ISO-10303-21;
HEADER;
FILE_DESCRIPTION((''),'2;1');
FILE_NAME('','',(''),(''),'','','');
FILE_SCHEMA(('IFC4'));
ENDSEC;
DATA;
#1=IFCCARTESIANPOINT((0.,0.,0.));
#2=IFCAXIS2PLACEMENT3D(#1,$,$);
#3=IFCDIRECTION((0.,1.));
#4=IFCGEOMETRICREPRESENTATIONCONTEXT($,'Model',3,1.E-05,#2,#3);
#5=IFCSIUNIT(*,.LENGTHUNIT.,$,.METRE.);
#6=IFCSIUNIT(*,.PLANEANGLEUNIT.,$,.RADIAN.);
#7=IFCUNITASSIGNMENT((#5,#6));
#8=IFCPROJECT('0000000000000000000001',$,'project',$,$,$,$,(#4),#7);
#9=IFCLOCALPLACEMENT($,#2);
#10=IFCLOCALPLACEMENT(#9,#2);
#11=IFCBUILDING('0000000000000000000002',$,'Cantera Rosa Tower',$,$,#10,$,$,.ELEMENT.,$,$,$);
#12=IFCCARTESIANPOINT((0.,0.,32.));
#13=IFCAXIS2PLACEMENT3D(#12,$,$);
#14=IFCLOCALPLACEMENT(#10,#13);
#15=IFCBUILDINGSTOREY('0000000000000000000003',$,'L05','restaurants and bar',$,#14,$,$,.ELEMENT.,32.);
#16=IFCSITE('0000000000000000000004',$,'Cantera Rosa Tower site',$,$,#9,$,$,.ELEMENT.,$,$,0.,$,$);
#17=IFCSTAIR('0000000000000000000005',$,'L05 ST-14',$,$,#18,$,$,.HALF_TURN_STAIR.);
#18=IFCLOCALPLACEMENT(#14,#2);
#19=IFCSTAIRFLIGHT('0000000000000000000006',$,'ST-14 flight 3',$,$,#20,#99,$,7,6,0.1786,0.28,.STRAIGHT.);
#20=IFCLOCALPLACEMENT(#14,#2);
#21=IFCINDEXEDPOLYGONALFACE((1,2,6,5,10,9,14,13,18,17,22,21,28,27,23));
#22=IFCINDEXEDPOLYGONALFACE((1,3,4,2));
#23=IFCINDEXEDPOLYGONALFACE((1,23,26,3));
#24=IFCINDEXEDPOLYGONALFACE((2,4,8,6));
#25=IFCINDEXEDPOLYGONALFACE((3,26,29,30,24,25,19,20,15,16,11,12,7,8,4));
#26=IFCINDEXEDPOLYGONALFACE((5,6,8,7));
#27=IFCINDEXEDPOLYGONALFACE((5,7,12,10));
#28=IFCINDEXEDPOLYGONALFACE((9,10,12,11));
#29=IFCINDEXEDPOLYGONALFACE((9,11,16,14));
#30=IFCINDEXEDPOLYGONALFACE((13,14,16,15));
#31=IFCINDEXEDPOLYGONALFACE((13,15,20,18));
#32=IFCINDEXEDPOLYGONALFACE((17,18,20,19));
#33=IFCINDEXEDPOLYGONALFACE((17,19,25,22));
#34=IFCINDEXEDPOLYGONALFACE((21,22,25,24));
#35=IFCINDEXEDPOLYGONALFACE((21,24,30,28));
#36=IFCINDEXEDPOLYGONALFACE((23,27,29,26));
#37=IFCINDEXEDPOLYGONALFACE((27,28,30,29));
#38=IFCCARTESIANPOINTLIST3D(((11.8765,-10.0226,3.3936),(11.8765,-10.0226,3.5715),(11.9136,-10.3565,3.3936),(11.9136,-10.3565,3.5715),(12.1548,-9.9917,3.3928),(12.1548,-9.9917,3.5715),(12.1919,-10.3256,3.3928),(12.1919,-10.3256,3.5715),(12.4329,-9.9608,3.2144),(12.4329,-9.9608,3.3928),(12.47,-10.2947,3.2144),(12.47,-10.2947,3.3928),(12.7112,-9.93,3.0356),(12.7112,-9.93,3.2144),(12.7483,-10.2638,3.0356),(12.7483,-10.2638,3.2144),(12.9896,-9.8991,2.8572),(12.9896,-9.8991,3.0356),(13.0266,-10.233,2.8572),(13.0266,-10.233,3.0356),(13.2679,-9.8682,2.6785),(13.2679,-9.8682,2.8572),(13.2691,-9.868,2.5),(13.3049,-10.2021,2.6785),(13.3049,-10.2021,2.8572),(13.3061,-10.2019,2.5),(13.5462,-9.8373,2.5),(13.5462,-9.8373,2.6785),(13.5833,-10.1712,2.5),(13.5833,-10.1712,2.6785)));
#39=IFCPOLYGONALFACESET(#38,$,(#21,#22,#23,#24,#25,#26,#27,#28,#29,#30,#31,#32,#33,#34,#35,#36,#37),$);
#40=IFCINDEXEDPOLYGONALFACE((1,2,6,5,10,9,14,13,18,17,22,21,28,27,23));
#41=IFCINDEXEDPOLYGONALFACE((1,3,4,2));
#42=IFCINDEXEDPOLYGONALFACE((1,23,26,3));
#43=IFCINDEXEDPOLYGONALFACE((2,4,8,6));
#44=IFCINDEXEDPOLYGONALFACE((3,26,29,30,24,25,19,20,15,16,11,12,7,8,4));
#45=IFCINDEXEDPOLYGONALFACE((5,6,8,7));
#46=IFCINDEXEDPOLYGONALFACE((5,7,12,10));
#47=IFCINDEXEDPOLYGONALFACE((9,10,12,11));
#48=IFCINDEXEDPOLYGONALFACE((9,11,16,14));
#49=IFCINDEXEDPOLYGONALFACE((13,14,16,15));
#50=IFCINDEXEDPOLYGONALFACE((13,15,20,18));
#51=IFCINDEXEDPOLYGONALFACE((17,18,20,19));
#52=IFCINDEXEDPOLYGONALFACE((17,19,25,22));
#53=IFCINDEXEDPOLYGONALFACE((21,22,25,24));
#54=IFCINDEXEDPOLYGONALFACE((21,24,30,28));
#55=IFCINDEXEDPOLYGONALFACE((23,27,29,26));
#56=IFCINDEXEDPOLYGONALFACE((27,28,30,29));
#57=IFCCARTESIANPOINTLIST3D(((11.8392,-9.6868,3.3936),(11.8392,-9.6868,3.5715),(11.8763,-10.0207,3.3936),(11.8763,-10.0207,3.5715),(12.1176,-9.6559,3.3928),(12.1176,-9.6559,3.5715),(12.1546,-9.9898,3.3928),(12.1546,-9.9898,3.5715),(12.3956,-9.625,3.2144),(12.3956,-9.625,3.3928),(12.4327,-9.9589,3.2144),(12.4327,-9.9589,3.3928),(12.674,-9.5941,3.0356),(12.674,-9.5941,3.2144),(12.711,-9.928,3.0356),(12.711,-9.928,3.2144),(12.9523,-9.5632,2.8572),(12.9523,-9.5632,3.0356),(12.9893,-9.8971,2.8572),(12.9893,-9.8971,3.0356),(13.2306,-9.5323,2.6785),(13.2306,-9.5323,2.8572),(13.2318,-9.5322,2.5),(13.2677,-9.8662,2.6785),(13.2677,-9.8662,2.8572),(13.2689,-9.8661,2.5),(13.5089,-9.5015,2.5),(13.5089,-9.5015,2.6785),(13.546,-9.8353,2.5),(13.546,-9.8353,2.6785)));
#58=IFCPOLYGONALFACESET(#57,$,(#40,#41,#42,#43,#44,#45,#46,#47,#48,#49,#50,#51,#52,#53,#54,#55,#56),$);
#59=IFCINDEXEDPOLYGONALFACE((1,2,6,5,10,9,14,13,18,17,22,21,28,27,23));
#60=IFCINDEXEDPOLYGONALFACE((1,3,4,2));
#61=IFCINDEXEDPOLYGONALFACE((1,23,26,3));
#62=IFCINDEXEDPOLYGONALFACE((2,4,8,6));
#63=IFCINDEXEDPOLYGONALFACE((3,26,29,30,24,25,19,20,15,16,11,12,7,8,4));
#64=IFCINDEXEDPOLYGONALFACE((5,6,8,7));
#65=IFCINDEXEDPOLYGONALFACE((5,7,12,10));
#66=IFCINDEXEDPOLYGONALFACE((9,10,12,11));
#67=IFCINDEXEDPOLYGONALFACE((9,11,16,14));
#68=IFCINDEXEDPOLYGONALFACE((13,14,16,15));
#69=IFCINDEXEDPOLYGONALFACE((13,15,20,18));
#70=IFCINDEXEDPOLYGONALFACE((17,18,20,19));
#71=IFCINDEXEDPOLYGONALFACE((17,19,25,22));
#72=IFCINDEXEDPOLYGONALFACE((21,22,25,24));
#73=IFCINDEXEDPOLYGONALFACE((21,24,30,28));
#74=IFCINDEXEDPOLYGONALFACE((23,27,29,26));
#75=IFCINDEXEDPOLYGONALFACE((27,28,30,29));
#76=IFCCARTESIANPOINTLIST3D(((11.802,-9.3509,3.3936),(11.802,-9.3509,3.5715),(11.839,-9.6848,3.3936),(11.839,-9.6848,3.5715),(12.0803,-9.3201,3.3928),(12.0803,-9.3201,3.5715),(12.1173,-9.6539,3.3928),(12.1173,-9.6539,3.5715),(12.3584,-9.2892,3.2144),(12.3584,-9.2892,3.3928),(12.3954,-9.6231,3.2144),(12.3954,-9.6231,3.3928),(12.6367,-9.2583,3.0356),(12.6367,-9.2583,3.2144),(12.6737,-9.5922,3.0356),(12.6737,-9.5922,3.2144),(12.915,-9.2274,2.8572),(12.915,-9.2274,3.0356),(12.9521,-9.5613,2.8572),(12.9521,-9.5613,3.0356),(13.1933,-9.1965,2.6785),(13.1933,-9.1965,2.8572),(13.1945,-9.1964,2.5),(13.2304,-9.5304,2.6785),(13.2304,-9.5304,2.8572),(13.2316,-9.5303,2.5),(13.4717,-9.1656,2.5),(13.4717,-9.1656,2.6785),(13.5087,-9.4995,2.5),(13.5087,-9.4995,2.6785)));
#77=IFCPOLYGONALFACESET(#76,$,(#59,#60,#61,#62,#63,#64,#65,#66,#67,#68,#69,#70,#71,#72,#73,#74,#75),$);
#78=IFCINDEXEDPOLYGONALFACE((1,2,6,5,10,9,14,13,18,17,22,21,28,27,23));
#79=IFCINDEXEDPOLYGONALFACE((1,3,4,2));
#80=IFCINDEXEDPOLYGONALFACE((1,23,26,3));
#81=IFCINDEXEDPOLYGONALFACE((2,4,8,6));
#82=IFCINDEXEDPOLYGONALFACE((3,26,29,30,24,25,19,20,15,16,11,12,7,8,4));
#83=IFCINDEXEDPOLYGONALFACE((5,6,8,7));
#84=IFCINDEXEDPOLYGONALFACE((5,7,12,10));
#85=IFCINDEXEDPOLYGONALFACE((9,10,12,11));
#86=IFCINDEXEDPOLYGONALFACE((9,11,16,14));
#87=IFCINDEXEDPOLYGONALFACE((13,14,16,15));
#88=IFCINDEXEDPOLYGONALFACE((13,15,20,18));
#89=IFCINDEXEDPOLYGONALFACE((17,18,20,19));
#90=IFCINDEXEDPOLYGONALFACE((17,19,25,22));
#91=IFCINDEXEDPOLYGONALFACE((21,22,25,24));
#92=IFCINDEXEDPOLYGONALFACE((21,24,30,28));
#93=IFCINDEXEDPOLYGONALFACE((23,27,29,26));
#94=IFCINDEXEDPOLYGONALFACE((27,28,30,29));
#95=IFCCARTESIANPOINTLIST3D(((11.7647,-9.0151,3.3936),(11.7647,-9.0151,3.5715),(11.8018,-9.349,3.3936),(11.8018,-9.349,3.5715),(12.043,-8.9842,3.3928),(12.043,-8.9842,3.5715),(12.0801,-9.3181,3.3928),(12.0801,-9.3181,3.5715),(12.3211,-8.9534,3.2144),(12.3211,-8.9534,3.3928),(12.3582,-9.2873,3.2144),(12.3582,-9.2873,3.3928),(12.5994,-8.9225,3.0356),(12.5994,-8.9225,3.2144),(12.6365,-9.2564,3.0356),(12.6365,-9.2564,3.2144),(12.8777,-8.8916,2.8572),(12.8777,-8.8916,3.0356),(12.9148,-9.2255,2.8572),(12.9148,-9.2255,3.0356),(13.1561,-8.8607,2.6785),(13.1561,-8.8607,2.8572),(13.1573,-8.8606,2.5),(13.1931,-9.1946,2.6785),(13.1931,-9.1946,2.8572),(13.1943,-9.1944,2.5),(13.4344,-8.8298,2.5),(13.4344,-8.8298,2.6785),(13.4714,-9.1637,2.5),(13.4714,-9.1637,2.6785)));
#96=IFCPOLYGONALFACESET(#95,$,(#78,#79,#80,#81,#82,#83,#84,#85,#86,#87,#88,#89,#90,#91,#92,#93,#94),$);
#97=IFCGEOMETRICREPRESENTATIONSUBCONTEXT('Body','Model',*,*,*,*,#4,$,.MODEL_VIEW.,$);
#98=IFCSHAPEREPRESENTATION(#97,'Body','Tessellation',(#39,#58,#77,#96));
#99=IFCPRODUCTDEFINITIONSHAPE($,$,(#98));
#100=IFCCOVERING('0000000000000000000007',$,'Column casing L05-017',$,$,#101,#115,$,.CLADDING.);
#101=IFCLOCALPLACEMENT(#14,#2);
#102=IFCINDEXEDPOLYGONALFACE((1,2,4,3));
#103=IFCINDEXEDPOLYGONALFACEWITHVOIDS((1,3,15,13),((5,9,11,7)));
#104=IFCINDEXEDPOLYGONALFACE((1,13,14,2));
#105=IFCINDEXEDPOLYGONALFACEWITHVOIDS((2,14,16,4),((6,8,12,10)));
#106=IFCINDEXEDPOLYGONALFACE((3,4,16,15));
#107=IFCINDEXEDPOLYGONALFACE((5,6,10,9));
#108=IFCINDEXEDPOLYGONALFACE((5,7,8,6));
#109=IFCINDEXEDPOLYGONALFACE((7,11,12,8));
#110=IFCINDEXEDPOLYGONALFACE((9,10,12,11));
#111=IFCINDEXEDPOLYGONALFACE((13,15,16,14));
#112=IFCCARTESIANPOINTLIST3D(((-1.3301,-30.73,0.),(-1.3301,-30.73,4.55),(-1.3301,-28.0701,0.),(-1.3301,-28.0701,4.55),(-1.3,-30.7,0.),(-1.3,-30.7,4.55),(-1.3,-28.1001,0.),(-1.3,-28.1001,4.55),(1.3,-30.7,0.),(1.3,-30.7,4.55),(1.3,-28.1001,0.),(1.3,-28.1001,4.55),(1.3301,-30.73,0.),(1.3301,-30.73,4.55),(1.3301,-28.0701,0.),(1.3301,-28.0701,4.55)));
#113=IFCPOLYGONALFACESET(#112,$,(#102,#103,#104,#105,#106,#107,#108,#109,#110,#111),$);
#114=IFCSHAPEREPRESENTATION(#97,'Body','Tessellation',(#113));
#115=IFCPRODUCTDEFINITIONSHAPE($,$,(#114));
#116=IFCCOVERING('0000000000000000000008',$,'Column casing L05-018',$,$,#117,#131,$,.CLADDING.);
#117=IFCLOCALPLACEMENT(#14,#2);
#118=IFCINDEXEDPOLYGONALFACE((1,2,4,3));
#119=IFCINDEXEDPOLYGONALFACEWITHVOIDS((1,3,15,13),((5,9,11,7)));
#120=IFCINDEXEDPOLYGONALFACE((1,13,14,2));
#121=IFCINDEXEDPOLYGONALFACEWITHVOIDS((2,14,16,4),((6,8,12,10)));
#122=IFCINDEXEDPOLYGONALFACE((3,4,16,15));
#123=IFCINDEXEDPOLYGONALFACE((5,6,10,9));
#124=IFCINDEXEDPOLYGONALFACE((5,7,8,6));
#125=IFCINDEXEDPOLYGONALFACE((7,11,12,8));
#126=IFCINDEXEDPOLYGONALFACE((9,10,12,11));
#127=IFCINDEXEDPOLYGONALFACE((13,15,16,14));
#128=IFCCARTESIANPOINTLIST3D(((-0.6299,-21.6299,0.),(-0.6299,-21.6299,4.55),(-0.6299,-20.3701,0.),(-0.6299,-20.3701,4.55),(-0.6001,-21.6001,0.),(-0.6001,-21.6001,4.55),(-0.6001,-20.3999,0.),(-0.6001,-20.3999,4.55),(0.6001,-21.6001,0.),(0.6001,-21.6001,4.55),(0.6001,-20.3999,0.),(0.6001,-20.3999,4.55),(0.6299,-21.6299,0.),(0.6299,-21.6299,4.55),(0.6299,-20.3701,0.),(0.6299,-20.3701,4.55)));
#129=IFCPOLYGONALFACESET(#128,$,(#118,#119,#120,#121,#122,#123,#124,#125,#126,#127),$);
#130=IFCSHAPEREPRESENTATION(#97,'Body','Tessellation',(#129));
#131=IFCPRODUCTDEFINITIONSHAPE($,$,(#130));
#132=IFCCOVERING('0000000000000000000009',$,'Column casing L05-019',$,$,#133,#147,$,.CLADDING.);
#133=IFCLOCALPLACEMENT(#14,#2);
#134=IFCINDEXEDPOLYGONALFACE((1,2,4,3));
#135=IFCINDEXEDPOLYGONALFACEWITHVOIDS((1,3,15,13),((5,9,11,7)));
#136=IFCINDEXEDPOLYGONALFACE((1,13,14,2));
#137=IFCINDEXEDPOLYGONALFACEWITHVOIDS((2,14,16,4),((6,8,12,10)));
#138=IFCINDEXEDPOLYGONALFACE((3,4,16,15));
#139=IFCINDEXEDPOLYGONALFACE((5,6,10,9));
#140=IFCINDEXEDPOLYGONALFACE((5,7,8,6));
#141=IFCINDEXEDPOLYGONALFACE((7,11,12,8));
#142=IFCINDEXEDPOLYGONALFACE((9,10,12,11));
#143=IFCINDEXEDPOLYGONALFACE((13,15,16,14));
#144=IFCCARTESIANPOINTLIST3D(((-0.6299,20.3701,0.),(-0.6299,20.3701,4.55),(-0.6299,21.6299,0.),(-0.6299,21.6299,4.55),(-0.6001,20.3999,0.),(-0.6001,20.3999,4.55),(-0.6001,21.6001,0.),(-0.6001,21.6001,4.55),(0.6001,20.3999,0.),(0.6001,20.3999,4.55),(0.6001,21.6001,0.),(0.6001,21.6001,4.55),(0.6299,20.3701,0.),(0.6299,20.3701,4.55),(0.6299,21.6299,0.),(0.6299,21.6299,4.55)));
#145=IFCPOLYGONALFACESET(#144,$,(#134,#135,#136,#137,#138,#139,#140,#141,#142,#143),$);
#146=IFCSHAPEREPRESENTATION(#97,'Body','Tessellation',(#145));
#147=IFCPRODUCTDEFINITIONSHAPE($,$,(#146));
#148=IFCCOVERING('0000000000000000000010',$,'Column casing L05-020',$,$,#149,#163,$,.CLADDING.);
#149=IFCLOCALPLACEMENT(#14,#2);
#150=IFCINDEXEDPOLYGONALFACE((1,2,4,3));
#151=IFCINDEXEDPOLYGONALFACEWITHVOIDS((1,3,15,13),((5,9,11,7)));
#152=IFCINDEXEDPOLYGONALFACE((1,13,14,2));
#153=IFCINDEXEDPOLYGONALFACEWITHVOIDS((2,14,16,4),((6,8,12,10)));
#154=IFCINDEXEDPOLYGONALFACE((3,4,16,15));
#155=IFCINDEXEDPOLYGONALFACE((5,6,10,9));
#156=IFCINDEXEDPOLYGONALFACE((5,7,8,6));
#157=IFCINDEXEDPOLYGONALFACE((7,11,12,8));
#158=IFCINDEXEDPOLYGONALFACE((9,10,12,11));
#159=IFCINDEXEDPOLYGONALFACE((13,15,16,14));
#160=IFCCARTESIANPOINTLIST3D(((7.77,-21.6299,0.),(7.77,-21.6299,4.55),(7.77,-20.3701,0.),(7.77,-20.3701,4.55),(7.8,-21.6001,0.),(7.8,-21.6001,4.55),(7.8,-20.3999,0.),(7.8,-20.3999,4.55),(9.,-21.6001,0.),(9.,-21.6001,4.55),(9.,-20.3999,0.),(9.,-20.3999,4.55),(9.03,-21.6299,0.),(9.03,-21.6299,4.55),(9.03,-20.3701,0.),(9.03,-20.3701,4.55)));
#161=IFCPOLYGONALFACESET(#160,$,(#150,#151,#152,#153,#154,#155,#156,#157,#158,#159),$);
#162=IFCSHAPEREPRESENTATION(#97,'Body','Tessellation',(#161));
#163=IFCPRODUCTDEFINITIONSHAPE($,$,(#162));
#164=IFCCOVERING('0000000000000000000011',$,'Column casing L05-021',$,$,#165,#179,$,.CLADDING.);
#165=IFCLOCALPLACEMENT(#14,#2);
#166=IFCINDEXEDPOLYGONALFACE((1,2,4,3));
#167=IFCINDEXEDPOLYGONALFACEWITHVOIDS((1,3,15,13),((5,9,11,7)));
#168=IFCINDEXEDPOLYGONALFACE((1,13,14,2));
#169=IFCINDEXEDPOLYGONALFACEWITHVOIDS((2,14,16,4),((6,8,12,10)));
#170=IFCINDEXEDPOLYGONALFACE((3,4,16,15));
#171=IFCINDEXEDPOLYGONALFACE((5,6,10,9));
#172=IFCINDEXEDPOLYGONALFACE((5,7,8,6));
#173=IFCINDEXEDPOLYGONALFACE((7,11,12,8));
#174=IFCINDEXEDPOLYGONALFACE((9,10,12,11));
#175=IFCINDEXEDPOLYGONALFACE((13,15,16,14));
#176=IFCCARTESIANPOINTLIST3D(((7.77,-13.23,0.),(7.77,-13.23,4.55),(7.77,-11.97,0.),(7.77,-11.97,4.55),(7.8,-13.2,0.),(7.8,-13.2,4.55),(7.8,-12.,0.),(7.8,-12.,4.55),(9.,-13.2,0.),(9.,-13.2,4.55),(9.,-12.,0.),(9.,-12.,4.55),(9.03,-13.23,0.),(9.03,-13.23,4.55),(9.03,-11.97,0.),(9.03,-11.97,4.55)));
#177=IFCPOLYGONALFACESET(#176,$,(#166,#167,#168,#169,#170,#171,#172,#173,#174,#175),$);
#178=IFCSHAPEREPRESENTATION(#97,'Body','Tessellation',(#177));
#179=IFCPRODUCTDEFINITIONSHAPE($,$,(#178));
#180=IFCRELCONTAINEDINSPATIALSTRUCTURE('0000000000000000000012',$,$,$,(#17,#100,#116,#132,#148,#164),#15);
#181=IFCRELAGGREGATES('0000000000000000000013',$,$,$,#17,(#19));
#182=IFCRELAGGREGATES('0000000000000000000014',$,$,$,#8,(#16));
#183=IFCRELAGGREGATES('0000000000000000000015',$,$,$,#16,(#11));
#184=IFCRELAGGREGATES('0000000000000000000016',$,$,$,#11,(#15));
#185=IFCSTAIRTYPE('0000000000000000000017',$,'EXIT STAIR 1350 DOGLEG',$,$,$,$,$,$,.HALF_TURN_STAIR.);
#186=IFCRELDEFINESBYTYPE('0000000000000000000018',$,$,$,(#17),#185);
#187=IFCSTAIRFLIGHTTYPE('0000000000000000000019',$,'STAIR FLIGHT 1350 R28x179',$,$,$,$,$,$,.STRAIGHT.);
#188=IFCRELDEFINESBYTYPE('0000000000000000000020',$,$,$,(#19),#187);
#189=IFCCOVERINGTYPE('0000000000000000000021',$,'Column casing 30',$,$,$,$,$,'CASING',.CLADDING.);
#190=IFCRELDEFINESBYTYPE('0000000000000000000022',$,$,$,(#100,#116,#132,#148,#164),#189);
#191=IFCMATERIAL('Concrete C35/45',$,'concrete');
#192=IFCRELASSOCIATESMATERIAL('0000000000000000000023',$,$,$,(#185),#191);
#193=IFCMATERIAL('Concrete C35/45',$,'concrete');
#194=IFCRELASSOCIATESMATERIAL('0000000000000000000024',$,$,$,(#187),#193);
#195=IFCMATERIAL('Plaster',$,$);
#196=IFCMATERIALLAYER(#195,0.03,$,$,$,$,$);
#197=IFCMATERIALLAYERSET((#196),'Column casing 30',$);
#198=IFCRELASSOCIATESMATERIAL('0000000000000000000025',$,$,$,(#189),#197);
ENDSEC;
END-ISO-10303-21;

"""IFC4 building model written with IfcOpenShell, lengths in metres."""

from ifc_helpers import new_model, si_unit, direction, frame, origin, place, context, subcontext, project, spatial, polyline, outline, extrude, material, layer, layer_set, type_object, element, aggregate, save


model = new_model("IFC4")

# Units and contexts
model_context = context("Model", 3, precision=1e-05, world=origin(), true_north=direction((0.0, 1.0)))
body_context = subcontext(model_context, "Body", "Model", "MODEL_VIEW")
ifc_project = project(units=[si_unit("LENGTHUNIT", "METRE"), si_unit("PLANEANGLEUNIT", "RADIAN")], contexts=[model_context])

# Site, building, storey
site_placement = place(None, origin())
site = spatial("IfcSite", under=ifc_project, at=site_placement, Name="Cantera Rosa Tower site", CompositionType="ELEMENT", RefElevation=0.0)
building_placement = place(site_placement, origin())
building = spatial("IfcBuilding", under=site, at=building_placement, Name="Cantera Rosa Tower", CompositionType="ELEMENT")
storey_placement = place(building_placement, frame((0.0, 0.0, 32.0)))
storey = spatial("IfcBuildingStorey", under=building, at=storey_placement, Name="L05", Description="restaurants and bar", CompositionType="ELEMENT", Elevation=32.0)

# Stair, stair flight
ifc_material_1 = material(Name="Concrete C35/45", Category="concrete")
stair_type = type_object("IfcStairType", Name="EXIT STAIR 1350 DOGLEG", PredefinedType="HALF_TURN_STAIR", material=ifc_material_1)
stair_placement = place(storey_placement, origin())
stair = element("IfcStair", 1, at=stair_placement, inside=storey, type_object=stair_type, Name="L05 ST-14", PredefinedType="HALF_TURN_STAIR")
ifc_material_2 = material(Name="Concrete C35/45", Category="concrete")
stair_flight_type = type_object("IfcStairFlightType", Name="STAIR FLIGHT 1350 R28x179", PredefinedType="STRAIGHT", material=ifc_material_2)
stair_flight_1_placement = place(storey_placement, frame((13.5088, -9.5002, 2.5), z_axis=(0.0, 0.0, 1.0), x_axis=(-0.993897, -0.110313, 0.0)))
stair_flight_1 = element("IfcStairFlight", 2, at=stair_flight_1_placement, type_object=stair_flight_type, Name="ST-14 flight 3", NumberOfRisers=7, NumberOfTreads=6, PredefinedType="STRAIGHT", RiserHeight=0.1786, TreadLength=0.28, context=body_context, shape_type="SweptSolid", body=[
    extrude(outline(polyline([(0.0, 0.0), (0.0, 0.1785), (0.28, 0.1785), (0.28, 0.3572), (0.5601, 0.3572), (0.5601, 0.5356), (0.8401, 0.5356), (0.8401, 0.7144), (1.1201, 0.7144), (1.1201, 0.8928), (1.3999, 0.8928), (1.3999, 1.0715), (1.6799, 1.0715), (1.6799, 1.25), (1.6799, 0.8936), (0.2788, 0.0), (0.0, 0.0)])), frame((0.0, 0.675, 0.0), z_axis=(0.0, -1.0, 0.0), x_axis=(1.0, 0.0, 0.0)), (0.0, 0.0, 1.0), 0.3359),
    extrude(outline(polyline([(0.0, 0.0), (0.0, 0.1785), (0.28, 0.1785), (0.28, 0.3572), (0.5601, 0.3572), (0.5601, 0.5356), (0.8401, 0.5356), (0.8401, 0.7144), (1.1201, 0.7144), (1.1201, 0.8928), (1.3999, 0.8928), (1.3999, 1.0715), (1.6799, 1.0715), (1.6799, 1.25), (1.6799, 0.8936), (0.2788, 0.0), (0.0, 0.0)])), frame((0.0, 0.3372, 0.0), z_axis=(0.0, -1.0, 0.0), x_axis=(1.0, 0.0, 0.0)), (0.0, 0.0, 1.0), 0.3359),
    extrude(outline(polyline([(0.0, 0.0), (0.0, 0.1785), (0.28, 0.1785), (0.28, 0.3572), (0.5601, 0.3572), (0.5601, 0.5356), (0.8401, 0.5356), (0.8401, 0.7144), (1.1201, 0.7144), (1.1201, 0.8928), (1.3999, 0.8928), (1.3999, 1.0715), (1.6799, 1.0715), (1.6799, 1.25), (1.6799, 0.8936), (0.2788, 0.0), (0.0, 0.0)])), frame((0.0, -0.0007, 0.0), z_axis=(0.0, -1.0, 0.0), x_axis=(1.0, 0.0, 0.0)), (0.0, 0.0, 1.0), 0.3359),
    extrude(outline(polyline([(0.0, 0.0), (0.0, 0.1785), (0.28, 0.1785), (0.28, 0.3572), (0.5601, 0.3572), (0.5601, 0.5356), (0.8401, 0.5356), (0.8401, 0.7144), (1.1201, 0.7144), (1.1201, 0.8928), (1.3999, 0.8928), (1.3999, 1.0715), (1.6799, 1.0715), (1.6799, 1.25), (1.6799, 0.8936), (0.2788, 0.0), (0.0, 0.0)])), frame((0.0, -0.3386, 0.0), z_axis=(0.0, -1.0, 0.0), x_axis=(1.0, 0.0, 0.0)), (0.0, 0.0, 1.0), 0.3359),
])
aggregate(stair, [stair_flight_1])

# Coverings
ifc_material_3 = material(Name="Plaster")
ifc_layer_1 = layer(ifc_material_3, 0.03)
ifc_layer_set_1 = layer_set([ifc_layer_1], Name="Column casing 30")
covering_type = type_object("IfcCoveringType", Name="Column casing 30", ElementType="CASING", PredefinedType="CLADDING", material=ifc_layer_set_1)
covering_1_placement = place(storey_placement, origin())
element("IfcCovering", 3, at=covering_1_placement, inside=storey, type_object=covering_type, Name="Column casing L05-017", PredefinedType="CLADDING", context=body_context, shape_type="SweptSolid", body=[
    extrude(outline(polyline([(-1.3301, -30.73), (1.3301, -30.73), (1.3301, -28.0701), (-1.3301, -28.0701), (-1.3301, -30.73)]), holes=[polyline([(1.3, -28.1001), (-1.3, -28.1001), (-1.3, -30.7), (1.3, -30.7), (1.3, -28.1001)])]), origin(), (0.0, 0.0, 1.0), 4.55),
])
covering_2_placement = place(storey_placement, origin())
element("IfcCovering", 4, at=covering_2_placement, inside=storey, type_object=covering_type, Name="Column casing L05-018", PredefinedType="CLADDING", context=body_context, shape_type="SweptSolid", body=[
    extrude(outline(polyline([(-0.6299, -21.6299), (0.6299, -21.6299), (0.6299, -20.3701), (-0.6299, -20.3701), (-0.6299, -21.6299)]), holes=[polyline([(0.6001, -20.3999), (-0.6001, -20.3999), (-0.6001, -21.6001), (0.6001, -21.6001), (0.6001, -20.3999)])]), origin(), (0.0, 0.0, 1.0), 4.55),
])
covering_3_placement = place(storey_placement, origin())
element("IfcCovering", 5, at=covering_3_placement, inside=storey, type_object=covering_type, Name="Column casing L05-019", PredefinedType="CLADDING", context=body_context, shape_type="SweptSolid", body=[
    extrude(outline(polyline([(-0.6299, 20.3701), (0.6299, 20.3701), (0.6299, 21.6299), (-0.6299, 21.6299), (-0.6299, 20.3701)]), holes=[polyline([(0.6001, 21.6001), (-0.6001, 21.6001), (-0.6001, 20.3999), (0.6001, 20.3999), (0.6001, 21.6001)])]), origin(), (0.0, 0.0, 1.0), 4.55),
])
covering_4_placement = place(storey_placement, origin())
element("IfcCovering", 6, at=covering_4_placement, inside=storey, type_object=covering_type, Name="Column casing L05-020", PredefinedType="CLADDING", context=body_context, shape_type="SweptSolid", body=[
    extrude(outline(polyline([(7.77, -21.6299), (9.03, -21.6299), (9.03, -20.3701), (7.77, -20.3701), (7.77, -21.6299)]), holes=[polyline([(9.0, -20.3999), (7.8, -20.3999), (7.8, -21.6001), (9.0, -21.6001), (9.0, -20.3999)])]), origin(), (0.0, 0.0, 1.0), 4.55),
])
covering_5_placement = place(storey_placement, origin())
element("IfcCovering", 7, at=covering_5_placement, inside=storey, type_object=covering_type, Name="Column casing L05-021", PredefinedType="CLADDING", context=body_context, shape_type="SweptSolid", body=[
    extrude(outline(polyline([(7.77, -13.23), (9.03, -13.23), (9.03, -11.97), (7.77, -11.97), (7.77, -13.23)]), holes=[polyline([(9.0, -12.0), (7.8, -12.0), (7.8, -13.2), (9.0, -13.2), (9.0, -12.0)])]), origin(), (0.0, 0.0, 1.0), 4.55),
])

save(model, "model.ifc")
